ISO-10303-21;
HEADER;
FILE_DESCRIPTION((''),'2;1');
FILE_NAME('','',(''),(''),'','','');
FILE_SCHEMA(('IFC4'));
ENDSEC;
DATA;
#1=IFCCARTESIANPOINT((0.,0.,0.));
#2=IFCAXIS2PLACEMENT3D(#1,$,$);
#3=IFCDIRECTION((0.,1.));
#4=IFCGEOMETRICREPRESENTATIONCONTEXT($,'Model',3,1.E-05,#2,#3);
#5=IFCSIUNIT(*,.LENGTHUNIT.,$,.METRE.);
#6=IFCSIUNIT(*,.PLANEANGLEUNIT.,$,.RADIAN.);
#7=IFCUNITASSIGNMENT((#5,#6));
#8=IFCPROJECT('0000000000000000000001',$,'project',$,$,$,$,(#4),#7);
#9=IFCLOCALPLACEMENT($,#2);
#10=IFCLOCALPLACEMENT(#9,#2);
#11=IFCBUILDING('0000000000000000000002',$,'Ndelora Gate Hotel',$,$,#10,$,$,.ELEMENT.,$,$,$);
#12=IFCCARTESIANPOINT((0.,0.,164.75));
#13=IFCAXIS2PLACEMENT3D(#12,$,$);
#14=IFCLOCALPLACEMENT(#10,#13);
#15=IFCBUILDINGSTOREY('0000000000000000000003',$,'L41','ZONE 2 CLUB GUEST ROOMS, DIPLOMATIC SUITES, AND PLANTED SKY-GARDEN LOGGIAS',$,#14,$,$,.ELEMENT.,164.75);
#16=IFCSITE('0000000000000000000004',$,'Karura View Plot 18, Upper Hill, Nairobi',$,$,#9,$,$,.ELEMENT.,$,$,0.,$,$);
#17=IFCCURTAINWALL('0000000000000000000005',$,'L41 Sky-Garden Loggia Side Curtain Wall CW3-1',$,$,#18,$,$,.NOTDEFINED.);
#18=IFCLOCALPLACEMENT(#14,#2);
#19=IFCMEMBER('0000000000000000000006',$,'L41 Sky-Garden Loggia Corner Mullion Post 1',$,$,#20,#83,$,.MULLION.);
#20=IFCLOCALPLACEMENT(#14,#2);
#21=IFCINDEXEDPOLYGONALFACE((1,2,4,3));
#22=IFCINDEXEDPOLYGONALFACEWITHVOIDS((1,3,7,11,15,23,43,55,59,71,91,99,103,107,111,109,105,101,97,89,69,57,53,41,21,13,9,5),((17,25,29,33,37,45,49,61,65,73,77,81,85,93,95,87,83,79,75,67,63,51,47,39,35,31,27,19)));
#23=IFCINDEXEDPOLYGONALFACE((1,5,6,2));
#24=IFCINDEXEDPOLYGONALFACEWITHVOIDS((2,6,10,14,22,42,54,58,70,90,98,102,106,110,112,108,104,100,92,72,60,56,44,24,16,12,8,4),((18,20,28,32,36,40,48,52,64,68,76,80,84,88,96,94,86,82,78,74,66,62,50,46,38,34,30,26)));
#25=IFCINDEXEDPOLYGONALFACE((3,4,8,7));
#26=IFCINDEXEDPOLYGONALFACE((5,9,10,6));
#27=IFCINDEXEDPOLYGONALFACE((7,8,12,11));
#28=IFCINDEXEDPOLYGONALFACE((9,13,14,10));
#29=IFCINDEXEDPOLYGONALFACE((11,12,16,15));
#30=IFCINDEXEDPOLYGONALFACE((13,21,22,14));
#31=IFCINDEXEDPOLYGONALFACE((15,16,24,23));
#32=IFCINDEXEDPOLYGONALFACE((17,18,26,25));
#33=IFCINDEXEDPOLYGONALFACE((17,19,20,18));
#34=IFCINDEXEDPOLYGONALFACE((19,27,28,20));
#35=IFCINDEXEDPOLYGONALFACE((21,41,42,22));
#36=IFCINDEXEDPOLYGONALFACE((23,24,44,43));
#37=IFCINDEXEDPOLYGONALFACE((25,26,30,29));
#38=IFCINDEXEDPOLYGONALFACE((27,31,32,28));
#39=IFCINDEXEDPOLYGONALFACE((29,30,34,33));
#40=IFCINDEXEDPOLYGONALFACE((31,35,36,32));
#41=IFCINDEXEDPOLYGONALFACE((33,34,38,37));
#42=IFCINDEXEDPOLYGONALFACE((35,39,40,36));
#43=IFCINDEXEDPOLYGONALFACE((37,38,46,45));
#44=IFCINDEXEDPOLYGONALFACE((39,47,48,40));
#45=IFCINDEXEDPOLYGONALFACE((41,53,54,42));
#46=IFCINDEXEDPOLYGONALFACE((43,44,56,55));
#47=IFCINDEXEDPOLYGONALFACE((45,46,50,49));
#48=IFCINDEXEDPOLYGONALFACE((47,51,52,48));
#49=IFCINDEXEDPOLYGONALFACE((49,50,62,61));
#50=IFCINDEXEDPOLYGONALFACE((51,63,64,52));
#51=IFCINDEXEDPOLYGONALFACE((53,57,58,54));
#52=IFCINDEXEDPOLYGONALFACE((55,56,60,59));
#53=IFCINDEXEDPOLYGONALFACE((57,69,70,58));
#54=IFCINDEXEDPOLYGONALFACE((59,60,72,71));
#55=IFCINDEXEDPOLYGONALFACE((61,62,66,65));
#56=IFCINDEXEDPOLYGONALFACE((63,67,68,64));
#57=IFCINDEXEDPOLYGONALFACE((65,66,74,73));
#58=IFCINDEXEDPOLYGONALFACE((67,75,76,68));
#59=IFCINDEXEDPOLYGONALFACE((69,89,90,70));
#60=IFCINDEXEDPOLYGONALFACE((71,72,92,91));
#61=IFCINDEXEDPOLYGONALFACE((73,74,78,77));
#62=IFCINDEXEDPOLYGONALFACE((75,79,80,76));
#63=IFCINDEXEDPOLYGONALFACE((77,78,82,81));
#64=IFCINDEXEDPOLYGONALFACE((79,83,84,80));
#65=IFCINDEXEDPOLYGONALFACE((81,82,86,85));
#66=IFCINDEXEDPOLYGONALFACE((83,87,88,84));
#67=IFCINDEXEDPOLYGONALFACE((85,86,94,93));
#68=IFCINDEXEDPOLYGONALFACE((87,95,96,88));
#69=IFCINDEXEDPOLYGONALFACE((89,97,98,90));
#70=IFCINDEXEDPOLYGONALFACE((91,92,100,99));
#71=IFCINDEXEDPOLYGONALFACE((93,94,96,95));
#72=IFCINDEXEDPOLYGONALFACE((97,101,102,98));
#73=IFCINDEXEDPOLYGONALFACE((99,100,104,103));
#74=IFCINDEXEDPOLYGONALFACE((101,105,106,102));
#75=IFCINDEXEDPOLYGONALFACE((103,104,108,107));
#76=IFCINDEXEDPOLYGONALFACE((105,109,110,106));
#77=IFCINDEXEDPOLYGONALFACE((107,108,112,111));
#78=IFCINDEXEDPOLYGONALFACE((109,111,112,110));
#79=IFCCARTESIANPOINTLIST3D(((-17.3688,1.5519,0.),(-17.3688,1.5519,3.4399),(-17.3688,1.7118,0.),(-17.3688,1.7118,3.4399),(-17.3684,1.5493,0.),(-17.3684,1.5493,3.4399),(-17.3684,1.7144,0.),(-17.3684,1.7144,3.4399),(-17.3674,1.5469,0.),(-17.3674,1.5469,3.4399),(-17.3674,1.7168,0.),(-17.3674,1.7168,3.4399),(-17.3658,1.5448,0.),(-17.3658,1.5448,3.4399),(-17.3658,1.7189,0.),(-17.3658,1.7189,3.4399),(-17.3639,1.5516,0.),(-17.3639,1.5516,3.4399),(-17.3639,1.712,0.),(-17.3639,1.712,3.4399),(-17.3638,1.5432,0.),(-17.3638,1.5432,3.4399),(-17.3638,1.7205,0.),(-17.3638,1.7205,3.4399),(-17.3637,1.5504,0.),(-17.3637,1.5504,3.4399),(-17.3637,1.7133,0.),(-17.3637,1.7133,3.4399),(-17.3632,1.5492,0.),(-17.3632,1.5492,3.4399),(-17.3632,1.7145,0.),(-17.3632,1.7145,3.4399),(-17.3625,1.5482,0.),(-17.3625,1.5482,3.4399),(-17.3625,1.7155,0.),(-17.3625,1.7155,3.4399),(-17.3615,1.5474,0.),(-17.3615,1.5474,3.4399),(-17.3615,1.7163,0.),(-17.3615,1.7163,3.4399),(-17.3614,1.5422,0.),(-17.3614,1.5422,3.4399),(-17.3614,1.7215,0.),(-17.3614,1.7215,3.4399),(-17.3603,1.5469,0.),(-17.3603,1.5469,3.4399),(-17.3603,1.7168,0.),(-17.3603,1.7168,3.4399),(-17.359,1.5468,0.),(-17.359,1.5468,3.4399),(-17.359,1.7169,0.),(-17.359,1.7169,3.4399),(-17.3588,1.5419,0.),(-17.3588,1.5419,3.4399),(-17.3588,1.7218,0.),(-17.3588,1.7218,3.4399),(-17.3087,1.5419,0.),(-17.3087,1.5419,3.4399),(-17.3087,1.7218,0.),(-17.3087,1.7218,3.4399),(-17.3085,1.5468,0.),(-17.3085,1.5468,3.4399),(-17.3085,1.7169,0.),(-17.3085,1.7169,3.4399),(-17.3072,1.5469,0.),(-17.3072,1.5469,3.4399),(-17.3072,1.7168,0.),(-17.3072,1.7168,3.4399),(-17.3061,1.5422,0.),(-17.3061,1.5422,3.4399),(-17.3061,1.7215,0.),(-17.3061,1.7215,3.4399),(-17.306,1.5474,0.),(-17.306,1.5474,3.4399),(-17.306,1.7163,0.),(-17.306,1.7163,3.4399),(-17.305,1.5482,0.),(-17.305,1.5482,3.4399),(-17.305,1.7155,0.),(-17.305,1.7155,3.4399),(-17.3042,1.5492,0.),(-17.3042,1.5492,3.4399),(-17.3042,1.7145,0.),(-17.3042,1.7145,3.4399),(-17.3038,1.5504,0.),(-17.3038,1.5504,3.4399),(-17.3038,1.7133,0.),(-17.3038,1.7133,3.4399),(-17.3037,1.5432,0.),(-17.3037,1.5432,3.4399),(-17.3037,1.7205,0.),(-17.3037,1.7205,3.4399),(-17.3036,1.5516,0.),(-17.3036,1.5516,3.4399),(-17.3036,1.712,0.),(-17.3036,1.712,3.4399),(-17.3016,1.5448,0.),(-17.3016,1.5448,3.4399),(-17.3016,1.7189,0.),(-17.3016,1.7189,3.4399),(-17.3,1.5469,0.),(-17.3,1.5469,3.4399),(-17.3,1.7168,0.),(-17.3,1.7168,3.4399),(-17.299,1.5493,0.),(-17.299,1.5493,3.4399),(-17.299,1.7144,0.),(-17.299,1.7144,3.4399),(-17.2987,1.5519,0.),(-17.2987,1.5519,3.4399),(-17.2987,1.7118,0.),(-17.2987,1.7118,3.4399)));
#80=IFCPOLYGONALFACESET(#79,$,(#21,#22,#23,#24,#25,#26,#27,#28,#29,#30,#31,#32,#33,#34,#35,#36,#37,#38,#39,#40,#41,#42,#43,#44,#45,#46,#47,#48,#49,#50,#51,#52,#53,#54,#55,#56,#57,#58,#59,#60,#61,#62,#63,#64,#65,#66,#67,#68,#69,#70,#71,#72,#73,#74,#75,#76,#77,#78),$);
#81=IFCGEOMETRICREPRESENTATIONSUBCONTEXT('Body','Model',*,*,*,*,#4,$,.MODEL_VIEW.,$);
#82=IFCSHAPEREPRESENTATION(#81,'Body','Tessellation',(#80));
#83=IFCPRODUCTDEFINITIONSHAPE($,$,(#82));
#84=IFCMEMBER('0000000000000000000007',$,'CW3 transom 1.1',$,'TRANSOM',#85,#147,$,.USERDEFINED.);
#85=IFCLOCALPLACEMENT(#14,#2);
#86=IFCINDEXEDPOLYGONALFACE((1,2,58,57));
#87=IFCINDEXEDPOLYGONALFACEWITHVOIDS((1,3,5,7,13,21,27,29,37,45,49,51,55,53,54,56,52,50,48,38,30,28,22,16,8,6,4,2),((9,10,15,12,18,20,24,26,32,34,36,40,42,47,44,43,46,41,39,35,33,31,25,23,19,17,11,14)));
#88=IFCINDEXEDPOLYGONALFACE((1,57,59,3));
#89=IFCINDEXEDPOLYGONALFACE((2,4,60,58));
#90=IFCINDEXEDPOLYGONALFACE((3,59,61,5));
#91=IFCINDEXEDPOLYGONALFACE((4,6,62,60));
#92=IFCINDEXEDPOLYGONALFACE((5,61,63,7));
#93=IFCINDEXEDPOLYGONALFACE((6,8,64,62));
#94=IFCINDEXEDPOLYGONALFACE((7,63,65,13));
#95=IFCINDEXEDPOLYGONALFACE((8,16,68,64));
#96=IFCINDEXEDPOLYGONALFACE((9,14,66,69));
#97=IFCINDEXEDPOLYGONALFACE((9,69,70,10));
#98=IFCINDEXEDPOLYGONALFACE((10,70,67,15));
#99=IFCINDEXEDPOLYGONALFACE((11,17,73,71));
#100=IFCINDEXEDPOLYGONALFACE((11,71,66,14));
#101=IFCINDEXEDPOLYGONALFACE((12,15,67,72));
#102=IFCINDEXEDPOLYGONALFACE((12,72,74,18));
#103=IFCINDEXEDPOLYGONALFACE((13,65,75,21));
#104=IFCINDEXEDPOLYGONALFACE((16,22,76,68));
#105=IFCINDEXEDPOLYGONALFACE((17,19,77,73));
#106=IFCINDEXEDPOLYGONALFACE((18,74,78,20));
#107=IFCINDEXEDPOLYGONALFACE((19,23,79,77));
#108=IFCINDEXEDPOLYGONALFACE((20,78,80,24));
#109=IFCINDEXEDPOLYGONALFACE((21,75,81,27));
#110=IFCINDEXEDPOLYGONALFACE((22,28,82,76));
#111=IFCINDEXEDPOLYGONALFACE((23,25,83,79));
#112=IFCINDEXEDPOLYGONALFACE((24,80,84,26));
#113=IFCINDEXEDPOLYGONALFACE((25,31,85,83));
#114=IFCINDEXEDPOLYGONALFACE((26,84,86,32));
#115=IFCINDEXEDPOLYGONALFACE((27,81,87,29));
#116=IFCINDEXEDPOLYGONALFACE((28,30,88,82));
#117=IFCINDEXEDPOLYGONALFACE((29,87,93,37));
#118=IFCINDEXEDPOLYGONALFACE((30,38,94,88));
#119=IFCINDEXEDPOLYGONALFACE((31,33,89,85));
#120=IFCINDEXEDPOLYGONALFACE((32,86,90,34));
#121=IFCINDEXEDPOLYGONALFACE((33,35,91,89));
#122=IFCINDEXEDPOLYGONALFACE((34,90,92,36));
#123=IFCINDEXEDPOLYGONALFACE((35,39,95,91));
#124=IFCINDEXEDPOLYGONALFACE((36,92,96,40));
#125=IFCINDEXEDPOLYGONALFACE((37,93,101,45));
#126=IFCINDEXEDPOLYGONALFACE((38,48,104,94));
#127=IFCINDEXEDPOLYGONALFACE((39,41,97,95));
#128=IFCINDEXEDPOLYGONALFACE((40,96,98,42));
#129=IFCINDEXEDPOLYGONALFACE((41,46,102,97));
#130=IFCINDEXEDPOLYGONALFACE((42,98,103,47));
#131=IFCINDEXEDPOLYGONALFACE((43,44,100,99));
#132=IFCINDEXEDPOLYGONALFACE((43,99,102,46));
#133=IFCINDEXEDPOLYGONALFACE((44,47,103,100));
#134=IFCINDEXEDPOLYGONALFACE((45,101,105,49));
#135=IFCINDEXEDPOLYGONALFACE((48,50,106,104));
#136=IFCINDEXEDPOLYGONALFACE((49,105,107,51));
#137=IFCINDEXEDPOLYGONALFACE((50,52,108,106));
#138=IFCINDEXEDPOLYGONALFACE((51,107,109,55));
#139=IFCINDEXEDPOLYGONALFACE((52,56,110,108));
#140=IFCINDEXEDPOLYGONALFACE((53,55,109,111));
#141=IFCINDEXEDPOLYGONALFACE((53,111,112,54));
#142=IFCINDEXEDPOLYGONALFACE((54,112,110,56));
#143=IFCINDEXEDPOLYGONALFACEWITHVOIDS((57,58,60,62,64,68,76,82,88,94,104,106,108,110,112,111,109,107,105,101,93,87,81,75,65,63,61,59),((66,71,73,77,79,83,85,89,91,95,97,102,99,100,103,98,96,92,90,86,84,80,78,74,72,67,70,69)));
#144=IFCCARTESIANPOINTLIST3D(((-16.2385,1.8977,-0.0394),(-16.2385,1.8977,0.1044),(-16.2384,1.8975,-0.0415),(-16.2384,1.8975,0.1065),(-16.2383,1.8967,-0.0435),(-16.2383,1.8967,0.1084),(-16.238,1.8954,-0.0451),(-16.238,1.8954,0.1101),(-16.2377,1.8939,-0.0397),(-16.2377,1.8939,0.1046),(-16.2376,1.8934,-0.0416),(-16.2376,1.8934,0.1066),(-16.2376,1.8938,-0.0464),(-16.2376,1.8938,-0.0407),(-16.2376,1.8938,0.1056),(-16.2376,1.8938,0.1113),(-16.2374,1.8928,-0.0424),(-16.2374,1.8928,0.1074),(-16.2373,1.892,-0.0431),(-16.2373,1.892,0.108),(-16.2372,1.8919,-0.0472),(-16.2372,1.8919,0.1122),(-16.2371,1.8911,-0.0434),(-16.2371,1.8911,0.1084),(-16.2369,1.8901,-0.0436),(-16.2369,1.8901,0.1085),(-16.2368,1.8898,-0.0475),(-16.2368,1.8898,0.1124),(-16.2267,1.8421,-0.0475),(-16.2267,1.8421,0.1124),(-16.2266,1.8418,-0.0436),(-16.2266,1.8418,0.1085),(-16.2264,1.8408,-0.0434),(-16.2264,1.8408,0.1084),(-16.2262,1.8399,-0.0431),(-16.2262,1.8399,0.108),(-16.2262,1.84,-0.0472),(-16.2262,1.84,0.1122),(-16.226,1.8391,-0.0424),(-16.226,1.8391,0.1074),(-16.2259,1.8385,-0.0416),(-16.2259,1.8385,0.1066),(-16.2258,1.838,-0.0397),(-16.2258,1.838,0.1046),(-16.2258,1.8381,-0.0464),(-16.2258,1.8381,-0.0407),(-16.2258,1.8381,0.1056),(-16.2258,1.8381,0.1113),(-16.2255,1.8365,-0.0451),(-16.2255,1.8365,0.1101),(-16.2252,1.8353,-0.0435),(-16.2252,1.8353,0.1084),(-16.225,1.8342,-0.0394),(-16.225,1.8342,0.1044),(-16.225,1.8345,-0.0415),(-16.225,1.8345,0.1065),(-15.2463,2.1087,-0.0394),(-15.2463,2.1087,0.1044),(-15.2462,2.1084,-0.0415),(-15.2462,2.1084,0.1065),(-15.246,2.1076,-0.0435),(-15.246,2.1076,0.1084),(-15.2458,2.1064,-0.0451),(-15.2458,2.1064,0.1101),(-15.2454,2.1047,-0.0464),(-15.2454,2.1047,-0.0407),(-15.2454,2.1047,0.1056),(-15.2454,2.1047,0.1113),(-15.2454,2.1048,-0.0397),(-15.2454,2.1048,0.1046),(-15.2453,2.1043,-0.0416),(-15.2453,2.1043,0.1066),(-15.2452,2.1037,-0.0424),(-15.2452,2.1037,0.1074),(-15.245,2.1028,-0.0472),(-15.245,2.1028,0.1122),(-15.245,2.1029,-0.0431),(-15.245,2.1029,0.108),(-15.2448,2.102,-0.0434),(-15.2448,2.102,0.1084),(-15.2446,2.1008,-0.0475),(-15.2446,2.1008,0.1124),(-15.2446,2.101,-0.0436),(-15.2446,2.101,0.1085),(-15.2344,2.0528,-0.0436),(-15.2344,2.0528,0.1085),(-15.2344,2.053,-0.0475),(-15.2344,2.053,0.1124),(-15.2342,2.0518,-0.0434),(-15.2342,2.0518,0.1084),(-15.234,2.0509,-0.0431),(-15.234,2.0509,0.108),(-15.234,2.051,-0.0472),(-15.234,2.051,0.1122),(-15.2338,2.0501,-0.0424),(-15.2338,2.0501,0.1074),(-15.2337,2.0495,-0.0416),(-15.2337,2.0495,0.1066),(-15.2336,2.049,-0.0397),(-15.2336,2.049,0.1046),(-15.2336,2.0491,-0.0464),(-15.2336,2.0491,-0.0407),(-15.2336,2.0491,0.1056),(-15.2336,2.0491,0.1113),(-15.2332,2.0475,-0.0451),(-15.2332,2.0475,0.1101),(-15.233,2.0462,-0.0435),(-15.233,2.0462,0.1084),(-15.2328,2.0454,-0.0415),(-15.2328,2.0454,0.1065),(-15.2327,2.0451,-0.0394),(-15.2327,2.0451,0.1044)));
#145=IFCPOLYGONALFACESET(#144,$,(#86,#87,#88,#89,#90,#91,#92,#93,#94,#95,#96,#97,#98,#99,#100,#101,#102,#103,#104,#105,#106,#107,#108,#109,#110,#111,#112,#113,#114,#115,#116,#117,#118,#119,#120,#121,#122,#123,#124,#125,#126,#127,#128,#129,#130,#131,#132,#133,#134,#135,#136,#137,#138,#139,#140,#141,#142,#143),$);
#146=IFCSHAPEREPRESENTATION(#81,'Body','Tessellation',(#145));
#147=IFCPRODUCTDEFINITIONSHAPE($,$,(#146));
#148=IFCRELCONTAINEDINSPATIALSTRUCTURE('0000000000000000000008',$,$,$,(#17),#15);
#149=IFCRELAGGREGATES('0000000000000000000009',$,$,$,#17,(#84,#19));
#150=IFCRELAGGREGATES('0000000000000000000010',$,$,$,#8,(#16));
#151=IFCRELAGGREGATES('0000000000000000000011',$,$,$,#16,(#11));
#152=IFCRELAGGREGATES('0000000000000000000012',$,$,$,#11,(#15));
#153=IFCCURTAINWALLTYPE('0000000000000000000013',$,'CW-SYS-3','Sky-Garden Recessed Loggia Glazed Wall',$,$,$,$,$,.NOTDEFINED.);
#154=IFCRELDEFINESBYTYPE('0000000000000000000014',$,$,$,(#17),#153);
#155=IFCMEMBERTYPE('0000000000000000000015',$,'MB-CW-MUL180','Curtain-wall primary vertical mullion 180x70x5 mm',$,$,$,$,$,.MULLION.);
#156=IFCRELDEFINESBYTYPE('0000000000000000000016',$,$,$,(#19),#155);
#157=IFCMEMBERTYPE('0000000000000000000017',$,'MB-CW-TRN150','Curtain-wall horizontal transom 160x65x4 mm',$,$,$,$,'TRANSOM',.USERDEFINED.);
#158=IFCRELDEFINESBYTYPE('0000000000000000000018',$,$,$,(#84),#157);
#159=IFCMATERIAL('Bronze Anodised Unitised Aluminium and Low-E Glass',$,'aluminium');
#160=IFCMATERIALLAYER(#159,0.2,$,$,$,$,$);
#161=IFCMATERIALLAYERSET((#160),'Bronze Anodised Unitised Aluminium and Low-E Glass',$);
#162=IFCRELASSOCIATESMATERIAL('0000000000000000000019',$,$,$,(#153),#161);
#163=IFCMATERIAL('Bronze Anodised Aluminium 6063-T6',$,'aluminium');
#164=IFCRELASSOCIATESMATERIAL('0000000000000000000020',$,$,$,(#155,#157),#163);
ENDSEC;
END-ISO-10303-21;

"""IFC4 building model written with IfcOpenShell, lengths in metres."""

from ifc_helpers import new_model, si_unit, direction, frame, origin, origin_2d, place, context, subcontext, project, spatial, hollow_rectangle, extrude, material, layer, layer_set, material_profile, profile_set, type_object, element, aggregate, save


model = new_model("IFC4")

# Units and contexts
model_context = context("Model", 3, precision=1e-05, world=origin(), true_north=direction((0.0, 1.0)))
body_context = subcontext(model_context, "Body", "Model", "MODEL_VIEW")
ifc_project = project(units=[si_unit("LENGTHUNIT", "METRE"), si_unit("PLANEANGLEUNIT", "RADIAN")], contexts=[model_context])

# Site, building, storey
site_placement = place(None, origin())
site = spatial("IfcSite", under=ifc_project, at=site_placement, Name="Karura View Plot 18, Upper Hill, Nairobi", CompositionType="ELEMENT", RefElevation=0.0)
building_placement = place(site_placement, origin())
building = spatial("IfcBuilding", under=site, at=building_placement, Name="Ndelora Gate Hotel", CompositionType="ELEMENT")
storey_placement = place(building_placement, frame((0.0, 0.0, 164.75)))
storey = spatial("IfcBuildingStorey", under=building, at=storey_placement, Name="L41", Description="ZONE 2 CLUB GUEST ROOMS, DIPLOMATIC SUITES, AND PLANTED SKY-GARDEN LOGGIAS", CompositionType="ELEMENT", Elevation=164.75)

# Curtain wall, members
ifc_material_1 = material(Name="Bronze Anodised Unitised Aluminium and Low-E Glass", Category="aluminium")
ifc_layer_1 = layer(ifc_material_1, 0.2)
ifc_layer_set_1 = layer_set([ifc_layer_1], Name="Bronze Anodised Unitised Aluminium and Low-E Glass")
curtain_wall_type = type_object("IfcCurtainWallType", Name="CW-SYS-3", Description="Sky-Garden Recessed Loggia Glazed Wall", PredefinedType="NOTDEFINED", material=ifc_layer_set_1)
curtain_wall_placement = place(storey_placement, origin())
curtain_wall = element("IfcCurtainWall", 1, at=curtain_wall_placement, inside=storey, type_object=curtain_wall_type, Name="L41 Sky-Garden Loggia Side Curtain Wall CW3-1", PredefinedType="NOTDEFINED")
ifc_material_2 = material(Name="Bronze Anodised Aluminium 6063-T6", Category="aluminium")
ifc_material_profile_1 = material_profile(ifc_material_2, hollow_rectangle(XDim=0.0701, YDim=0.1799, WallThickness=0.0049, InnerFilletRadius=0.0049, OuterFilletRadius=0.01, at=origin_2d()), Name="ALU 180x70x5")
ifc_profile_set_1 = profile_set([ifc_material_profile_1], Name="Bronze Anodised Aluminium 6063-T6")
member_type_1 = type_object("IfcMemberType", Name="MB-CW-MUL180", Description="Curtain-wall primary vertical mullion 180x70x5 mm", PredefinedType="MULLION", material=ifc_profile_set_1)
member_1_placement = place(storey_placement, frame((-17.3337, 1.6318, 0.0), z_axis=(0.0, 0.0, 1.0), x_axis=(1.0, 0.0, 0.0)))
member_1 = element("IfcMember", 2, at=member_1_placement, type_object=member_type_1, Name="L41 Sky-Garden Loggia Corner Mullion Post 1", PredefinedType="MULLION", context=body_context, shape_type="SweptSolid", body=[
    extrude(hollow_rectangle(XDim=0.0701, YDim=0.1799, WallThickness=0.0049, InnerFilletRadius=0.0049, OuterFilletRadius=0.01, at=origin_2d()), origin(), (0.0, 0.0, 1.0), 3.4399),
])
ifc_material_profile_2 = material_profile(ifc_material_2, hollow_rectangle(XDim=0.0649, YDim=0.1599, WallThickness=0.0039, InnerFilletRadius=0.0039, OuterFilletRadius=0.0081, at=origin_2d()), Name="ALU 160x65x4")
ifc_profile_set_2 = profile_set([ifc_material_profile_2], Name="Bronze Anodised Aluminium 6063-T6")
member_type_2 = type_object("IfcMemberType", Name="MB-CW-TRN150", Description="Curtain-wall horizontal transom 160x65x4 mm", ElementType="TRANSOM", PredefinedType="USERDEFINED", material=ifc_profile_set_2)
member_2_placement = place(storey_placement, frame((-15.2395, 2.0769, 0.0325), z_axis=(-0.978139, -0.207951, 0.0), x_axis=(0.207951, -0.978139, 0.0)))
member_2 = element("IfcMember", 3, at=member_2_placement, type_object=member_type_2, Name="CW3 transom 1.1", ObjectType="TRANSOM", PredefinedType="USERDEFINED", context=body_context, shape_type="SweptSolid", body=[
    extrude(hollow_rectangle(XDim=0.0649, YDim=0.1599, WallThickness=0.0039, InnerFilletRadius=0.0039, OuterFilletRadius=0.0081, at=origin_2d()), origin(), (0.0, 0.0, 1.0), 1.0144),
])
aggregate(curtain_wall, [member_2, member_1])

save(model, "model.ifc")
